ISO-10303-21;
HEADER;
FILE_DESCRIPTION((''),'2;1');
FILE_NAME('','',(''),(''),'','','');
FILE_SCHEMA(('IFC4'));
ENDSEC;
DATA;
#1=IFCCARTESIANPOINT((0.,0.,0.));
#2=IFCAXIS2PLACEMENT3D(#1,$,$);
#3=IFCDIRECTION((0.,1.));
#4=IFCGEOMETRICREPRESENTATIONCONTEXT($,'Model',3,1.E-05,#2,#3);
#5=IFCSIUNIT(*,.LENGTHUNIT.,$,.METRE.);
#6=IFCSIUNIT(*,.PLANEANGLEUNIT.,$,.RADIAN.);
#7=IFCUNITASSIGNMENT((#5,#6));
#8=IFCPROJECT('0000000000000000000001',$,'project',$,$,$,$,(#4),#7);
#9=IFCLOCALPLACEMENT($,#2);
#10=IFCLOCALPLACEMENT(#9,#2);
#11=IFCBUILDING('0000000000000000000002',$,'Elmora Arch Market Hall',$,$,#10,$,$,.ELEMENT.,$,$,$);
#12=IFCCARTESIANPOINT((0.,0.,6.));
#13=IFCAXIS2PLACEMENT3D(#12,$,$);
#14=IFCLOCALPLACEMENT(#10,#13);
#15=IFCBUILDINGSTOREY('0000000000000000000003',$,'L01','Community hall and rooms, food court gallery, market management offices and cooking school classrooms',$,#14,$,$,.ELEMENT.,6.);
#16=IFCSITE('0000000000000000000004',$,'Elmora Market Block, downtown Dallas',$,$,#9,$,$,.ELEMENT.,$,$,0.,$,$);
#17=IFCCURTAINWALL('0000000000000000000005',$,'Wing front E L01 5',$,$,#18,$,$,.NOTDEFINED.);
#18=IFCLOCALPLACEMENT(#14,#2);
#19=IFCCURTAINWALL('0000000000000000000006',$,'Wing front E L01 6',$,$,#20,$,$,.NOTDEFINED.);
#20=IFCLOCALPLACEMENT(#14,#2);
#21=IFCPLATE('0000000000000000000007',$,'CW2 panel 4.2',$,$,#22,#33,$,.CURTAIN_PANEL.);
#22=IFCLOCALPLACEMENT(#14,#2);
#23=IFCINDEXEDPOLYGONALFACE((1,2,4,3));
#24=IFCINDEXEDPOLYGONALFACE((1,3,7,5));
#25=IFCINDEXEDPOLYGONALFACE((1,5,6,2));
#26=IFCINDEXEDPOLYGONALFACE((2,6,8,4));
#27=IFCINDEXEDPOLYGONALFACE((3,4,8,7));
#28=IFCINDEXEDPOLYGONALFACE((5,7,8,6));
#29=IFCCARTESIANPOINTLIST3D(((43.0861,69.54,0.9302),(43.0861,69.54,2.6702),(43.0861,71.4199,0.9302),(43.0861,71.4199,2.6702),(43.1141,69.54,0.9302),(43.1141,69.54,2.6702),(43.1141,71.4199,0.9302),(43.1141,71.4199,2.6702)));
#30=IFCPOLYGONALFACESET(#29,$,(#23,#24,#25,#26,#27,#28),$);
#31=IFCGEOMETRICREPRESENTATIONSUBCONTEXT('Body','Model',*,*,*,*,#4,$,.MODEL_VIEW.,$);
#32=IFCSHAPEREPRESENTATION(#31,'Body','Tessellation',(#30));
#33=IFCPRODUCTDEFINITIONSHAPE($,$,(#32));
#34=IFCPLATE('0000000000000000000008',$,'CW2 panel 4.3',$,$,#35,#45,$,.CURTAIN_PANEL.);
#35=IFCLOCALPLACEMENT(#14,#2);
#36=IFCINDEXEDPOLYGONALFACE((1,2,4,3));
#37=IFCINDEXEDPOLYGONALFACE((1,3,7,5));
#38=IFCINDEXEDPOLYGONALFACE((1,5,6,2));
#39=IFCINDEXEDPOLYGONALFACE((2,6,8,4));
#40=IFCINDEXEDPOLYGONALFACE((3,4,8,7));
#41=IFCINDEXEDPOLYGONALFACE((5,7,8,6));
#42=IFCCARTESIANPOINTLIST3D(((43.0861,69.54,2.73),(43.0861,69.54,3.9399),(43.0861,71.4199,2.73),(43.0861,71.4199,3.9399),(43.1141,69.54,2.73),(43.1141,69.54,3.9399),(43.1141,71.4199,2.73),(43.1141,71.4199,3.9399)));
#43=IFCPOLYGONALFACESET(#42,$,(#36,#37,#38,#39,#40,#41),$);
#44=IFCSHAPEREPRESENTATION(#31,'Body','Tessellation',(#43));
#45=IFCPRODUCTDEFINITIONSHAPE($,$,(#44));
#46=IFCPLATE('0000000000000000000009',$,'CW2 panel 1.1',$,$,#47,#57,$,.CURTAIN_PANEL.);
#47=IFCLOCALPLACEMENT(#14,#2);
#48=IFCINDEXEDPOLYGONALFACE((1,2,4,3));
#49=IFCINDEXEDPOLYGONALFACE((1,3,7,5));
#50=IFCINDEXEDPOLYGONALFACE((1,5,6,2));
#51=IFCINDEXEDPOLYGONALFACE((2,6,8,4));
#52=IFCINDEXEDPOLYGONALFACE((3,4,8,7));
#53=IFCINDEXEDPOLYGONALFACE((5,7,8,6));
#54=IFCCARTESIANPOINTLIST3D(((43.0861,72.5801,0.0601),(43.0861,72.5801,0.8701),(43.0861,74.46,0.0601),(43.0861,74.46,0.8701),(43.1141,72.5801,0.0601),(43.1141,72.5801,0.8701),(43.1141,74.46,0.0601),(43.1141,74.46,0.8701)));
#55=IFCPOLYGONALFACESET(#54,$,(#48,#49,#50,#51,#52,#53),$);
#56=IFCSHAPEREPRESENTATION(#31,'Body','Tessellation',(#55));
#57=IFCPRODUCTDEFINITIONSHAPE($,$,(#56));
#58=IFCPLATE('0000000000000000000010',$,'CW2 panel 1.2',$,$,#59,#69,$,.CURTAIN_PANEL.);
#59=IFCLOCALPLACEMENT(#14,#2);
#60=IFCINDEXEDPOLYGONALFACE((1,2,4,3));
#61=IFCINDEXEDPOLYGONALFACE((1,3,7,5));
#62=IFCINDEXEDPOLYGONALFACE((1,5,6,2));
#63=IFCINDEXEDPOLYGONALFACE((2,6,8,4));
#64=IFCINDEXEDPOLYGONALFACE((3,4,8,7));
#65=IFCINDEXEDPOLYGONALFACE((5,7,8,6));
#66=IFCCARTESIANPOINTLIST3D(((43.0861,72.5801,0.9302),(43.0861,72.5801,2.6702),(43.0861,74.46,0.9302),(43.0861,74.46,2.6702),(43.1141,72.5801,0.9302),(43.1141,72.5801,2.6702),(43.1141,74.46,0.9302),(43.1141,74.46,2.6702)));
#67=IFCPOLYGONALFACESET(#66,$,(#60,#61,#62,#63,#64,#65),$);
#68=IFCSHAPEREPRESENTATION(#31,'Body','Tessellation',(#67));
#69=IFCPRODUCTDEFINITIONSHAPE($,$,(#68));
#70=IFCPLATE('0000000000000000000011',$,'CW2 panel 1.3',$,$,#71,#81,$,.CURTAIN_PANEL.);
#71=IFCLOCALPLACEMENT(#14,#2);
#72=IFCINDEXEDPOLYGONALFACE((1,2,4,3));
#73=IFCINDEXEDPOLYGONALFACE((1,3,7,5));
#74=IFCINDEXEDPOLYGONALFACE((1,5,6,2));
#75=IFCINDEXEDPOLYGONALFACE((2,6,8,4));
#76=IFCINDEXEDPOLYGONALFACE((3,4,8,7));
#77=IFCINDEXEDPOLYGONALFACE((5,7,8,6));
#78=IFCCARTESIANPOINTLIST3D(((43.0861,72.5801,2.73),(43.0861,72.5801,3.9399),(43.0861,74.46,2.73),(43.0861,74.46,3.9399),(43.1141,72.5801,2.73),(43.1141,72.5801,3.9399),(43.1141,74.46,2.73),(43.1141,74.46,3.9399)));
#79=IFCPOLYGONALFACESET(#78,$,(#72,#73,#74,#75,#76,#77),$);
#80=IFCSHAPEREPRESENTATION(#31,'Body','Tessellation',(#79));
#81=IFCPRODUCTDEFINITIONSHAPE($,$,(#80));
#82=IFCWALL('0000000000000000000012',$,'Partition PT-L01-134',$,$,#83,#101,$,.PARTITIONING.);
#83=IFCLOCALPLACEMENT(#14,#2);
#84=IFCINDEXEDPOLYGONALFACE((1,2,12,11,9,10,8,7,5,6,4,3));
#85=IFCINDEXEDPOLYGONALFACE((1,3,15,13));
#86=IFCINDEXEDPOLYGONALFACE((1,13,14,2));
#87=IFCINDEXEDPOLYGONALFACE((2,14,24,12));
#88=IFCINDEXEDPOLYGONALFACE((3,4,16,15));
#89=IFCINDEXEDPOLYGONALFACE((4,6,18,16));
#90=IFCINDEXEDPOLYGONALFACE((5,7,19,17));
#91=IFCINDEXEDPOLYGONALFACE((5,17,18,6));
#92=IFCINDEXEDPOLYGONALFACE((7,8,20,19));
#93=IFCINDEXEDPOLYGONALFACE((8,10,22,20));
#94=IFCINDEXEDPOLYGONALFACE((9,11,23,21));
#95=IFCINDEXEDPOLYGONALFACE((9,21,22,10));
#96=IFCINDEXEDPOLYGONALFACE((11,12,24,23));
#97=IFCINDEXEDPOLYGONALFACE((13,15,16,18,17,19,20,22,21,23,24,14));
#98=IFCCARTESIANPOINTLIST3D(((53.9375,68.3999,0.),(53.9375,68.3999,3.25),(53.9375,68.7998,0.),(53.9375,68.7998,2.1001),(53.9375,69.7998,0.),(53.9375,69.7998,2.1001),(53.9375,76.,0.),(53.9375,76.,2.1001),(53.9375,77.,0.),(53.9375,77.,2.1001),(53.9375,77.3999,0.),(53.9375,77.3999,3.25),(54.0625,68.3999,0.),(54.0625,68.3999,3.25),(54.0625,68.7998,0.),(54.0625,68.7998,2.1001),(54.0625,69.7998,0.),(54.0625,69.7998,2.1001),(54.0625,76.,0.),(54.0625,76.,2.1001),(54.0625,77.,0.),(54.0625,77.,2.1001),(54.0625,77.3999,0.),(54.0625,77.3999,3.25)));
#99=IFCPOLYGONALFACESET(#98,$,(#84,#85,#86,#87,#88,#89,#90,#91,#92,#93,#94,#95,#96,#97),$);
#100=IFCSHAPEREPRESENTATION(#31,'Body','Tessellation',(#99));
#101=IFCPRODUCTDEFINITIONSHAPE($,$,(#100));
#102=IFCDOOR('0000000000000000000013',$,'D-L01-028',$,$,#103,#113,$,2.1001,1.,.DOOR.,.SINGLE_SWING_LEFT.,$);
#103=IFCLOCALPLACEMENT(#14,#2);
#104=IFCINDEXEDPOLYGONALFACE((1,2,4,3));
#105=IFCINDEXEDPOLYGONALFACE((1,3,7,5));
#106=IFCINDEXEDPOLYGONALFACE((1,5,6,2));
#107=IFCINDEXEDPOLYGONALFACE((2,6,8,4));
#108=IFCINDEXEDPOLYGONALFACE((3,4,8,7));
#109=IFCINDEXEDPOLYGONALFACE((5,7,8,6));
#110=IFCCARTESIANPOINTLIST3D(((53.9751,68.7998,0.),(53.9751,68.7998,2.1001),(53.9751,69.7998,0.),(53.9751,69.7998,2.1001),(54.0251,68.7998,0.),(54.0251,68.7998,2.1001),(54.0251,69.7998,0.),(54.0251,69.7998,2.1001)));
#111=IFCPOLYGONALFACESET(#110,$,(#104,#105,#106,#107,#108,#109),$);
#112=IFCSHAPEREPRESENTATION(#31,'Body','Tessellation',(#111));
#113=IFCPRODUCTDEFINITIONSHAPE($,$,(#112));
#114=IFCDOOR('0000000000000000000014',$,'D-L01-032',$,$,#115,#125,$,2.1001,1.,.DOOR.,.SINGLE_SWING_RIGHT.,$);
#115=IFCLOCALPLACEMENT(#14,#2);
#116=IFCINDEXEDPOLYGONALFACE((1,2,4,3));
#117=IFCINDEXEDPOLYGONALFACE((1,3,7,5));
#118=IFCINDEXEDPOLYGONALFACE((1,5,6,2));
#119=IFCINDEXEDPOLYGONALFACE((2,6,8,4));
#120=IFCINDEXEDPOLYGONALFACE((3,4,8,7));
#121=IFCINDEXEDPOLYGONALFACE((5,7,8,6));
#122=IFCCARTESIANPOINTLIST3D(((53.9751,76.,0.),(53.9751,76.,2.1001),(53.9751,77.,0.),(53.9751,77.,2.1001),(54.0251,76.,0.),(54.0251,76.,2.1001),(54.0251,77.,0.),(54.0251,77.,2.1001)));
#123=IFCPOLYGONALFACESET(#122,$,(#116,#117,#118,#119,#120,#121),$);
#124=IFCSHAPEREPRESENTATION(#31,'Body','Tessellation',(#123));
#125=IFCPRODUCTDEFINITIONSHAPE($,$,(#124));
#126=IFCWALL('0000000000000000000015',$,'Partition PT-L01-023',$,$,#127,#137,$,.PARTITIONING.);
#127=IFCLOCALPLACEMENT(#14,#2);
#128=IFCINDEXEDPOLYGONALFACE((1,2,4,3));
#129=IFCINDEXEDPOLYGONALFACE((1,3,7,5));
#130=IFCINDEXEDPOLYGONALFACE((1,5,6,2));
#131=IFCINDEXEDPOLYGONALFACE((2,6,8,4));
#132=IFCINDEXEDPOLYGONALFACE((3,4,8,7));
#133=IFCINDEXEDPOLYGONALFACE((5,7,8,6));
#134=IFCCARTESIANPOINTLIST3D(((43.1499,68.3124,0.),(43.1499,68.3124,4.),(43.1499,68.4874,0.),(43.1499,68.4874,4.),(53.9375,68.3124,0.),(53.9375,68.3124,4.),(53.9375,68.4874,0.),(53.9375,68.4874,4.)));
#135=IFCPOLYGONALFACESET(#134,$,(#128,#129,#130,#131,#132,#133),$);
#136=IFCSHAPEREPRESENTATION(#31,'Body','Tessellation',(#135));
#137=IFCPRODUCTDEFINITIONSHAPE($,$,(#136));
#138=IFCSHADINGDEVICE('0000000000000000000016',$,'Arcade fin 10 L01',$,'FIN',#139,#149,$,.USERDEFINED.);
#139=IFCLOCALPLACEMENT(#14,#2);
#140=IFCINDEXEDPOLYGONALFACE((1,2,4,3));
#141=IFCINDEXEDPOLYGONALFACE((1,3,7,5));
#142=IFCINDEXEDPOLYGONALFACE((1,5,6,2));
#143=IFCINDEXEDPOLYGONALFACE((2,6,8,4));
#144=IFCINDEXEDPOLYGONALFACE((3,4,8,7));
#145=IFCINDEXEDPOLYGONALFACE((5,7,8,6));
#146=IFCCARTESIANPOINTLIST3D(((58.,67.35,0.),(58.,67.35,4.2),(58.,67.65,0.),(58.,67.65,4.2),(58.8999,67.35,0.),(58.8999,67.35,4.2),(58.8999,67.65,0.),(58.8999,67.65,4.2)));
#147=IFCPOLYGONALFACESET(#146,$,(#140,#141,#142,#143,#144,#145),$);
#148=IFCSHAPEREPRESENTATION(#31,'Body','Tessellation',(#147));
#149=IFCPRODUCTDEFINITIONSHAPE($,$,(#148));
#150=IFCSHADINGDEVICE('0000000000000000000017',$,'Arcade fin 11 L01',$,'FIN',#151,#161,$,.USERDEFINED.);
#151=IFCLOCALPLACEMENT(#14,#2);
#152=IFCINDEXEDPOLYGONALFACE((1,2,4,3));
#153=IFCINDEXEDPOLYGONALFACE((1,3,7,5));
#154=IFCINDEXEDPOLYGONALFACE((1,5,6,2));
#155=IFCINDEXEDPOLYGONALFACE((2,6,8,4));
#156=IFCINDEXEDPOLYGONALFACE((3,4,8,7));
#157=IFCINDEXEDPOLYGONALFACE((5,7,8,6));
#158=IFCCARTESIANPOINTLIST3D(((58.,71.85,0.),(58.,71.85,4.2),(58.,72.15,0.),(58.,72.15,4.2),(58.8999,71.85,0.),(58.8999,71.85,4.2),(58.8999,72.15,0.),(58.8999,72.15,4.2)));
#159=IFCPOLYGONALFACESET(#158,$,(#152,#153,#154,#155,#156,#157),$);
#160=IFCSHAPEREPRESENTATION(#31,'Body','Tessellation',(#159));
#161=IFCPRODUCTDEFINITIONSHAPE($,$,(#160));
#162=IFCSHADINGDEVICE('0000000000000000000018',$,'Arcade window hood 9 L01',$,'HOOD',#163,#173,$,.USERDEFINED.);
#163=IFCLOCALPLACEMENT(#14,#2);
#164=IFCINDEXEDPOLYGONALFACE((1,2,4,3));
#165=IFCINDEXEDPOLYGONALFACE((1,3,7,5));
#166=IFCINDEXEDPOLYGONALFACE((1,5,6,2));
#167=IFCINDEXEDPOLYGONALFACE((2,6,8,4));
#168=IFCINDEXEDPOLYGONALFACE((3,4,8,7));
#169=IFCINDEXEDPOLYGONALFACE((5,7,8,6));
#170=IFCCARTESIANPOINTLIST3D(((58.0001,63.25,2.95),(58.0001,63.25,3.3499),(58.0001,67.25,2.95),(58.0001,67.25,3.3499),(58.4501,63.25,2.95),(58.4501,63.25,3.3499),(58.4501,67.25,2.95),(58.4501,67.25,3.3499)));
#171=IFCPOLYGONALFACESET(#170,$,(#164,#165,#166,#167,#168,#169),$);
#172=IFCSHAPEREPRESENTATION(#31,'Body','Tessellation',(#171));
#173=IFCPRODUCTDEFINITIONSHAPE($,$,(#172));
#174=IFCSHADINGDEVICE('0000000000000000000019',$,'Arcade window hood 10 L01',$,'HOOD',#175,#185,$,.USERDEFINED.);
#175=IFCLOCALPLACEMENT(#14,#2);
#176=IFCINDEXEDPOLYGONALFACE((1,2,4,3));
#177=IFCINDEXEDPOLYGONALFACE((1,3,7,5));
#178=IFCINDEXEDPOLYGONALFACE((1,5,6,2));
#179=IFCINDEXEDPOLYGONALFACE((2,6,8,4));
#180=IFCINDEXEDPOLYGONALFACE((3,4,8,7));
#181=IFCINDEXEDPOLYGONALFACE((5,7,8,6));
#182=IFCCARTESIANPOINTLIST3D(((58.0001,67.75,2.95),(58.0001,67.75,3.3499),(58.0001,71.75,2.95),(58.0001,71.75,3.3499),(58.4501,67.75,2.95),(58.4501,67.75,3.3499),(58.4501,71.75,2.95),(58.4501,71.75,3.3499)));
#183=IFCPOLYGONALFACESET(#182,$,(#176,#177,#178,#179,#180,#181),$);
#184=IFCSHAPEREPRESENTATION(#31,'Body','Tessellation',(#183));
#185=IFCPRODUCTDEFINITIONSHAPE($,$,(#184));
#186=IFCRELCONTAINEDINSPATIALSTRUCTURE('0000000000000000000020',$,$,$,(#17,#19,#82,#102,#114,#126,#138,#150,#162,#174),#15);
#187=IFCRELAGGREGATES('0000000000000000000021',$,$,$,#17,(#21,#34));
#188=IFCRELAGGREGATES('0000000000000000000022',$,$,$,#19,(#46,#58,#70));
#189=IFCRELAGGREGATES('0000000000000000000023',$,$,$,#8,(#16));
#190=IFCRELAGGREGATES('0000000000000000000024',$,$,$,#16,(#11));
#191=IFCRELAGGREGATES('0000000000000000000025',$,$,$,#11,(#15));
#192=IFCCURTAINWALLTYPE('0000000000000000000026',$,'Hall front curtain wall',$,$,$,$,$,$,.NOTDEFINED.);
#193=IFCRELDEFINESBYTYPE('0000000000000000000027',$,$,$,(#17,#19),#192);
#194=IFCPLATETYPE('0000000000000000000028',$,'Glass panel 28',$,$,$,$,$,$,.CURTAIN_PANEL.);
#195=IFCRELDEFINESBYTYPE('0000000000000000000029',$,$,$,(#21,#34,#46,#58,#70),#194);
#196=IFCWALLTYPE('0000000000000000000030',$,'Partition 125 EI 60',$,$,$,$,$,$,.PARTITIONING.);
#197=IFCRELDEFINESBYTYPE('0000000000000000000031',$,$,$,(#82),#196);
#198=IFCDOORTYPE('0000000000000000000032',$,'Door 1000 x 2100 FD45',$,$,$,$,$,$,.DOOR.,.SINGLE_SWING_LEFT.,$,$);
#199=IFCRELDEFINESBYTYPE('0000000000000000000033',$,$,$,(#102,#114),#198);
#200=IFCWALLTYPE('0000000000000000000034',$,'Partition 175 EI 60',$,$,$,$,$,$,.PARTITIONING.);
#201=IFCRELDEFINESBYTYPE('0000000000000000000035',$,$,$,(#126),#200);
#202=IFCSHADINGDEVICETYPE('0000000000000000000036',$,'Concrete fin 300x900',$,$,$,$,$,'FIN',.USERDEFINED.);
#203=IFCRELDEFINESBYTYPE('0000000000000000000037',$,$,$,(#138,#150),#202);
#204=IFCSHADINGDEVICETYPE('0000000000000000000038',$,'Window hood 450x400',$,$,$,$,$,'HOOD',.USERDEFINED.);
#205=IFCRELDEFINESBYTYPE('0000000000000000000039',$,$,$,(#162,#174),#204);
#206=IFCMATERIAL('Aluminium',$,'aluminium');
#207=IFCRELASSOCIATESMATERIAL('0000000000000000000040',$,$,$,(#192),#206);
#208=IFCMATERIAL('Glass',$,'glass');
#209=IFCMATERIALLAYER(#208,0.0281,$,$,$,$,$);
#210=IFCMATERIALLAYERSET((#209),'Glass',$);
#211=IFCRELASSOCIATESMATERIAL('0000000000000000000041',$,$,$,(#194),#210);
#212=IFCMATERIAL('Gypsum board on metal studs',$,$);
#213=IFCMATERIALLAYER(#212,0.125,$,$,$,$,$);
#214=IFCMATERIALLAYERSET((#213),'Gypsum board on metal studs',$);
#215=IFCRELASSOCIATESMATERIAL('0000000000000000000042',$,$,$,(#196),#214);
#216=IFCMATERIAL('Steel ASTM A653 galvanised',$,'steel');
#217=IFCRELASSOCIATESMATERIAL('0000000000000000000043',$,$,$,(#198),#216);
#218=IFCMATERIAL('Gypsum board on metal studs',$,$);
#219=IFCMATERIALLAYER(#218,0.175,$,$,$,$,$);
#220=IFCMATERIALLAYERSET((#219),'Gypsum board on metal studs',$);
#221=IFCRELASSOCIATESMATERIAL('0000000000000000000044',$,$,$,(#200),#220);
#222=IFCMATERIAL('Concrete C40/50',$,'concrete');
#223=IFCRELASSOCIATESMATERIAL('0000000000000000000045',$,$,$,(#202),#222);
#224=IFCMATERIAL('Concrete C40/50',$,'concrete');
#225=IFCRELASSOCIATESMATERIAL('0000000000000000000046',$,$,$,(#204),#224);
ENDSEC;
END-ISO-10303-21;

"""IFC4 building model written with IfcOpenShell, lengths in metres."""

from ifc_helpers import new_model, si_unit, direction, frame, frame_2d, origin, origin_2d, place, context, subcontext, project, spatial, rectangle, extrude, material, layer, layer_set, type_object, element, fill, aggregate, save


model = new_model("IFC4")

# Units and contexts
model_context = context("Model", 3, precision=1e-05, world=origin(), true_north=direction((0.0, 1.0)))
body_context = subcontext(model_context, "Body", "Model", "MODEL_VIEW")
ifc_project = project(units=[si_unit("LENGTHUNIT", "METRE"), si_unit("PLANEANGLEUNIT", "RADIAN")], contexts=[model_context])

# Site, building, storey
site_placement = place(None, origin())
site = spatial("IfcSite", under=ifc_project, at=site_placement, Name="Elmora Market Block, downtown Dallas", CompositionType="ELEMENT", RefElevation=0.0)
building_placement = place(site_placement, origin())
building = spatial("IfcBuilding", under=site, at=building_placement, Name="Elmora Arch Market Hall", CompositionType="ELEMENT")
storey_placement = place(building_placement, frame((0.0, 0.0, 6.0)))
storey = spatial("IfcBuildingStorey", under=building, at=storey_placement, Name="L01", Description="Community hall and rooms, food court gallery, market management offices and cooking school classrooms", CompositionType="ELEMENT", Elevation=6.0)

# Curtain wall
ifc_material_1 = material(Name="Aluminium", Category="aluminium")
curtain_wall_type = type_object("IfcCurtainWallType", Name="Hall front curtain wall", PredefinedType="NOTDEFINED", material=ifc_material_1)
curtain_wall_1_placement = place(storey_placement, origin())
curtain_wall_1 = element("IfcCurtainWall", 1, at=curtain_wall_1_placement, inside=storey, type_object=curtain_wall_type, Name="Wing front E L01 5", PredefinedType="NOTDEFINED")

# Curtain wall
curtain_wall_2_placement = place(storey_placement, origin())
curtain_wall_2 = element("IfcCurtainWall", 2, at=curtain_wall_2_placement, inside=storey, type_object=curtain_wall_type, Name="Wing front E L01 6", PredefinedType="NOTDEFINED")

# Plates
ifc_material_2 = material(Name="Glass", Category="glass")
ifc_layer_1 = layer(ifc_material_2, 0.0281)
ifc_layer_set_1 = layer_set([ifc_layer_1], Name="Glass")
plate_type = type_object("IfcPlateType", Name="Glass panel 28", PredefinedType="CURTAIN_PANEL", material=ifc_layer_set_1)
plate_1_placement = place(storey_placement, frame((43.1001, 70.48, 0.9302), z_axis=(0.0, 0.0, 1.0), x_axis=(0.0, 1.0, 0.0)))
plate_1 = element("IfcPlate", 3, at=plate_1_placement, type_object=plate_type, Name="CW2 panel 4.2", PredefinedType="CURTAIN_PANEL", context=body_context, shape_type="SweptSolid", body=[
    extrude(rectangle(XDim=1.8799, YDim=0.0281, at=origin_2d()), origin(), (0.0, 0.0, 1.0), 1.74),
])
plate_2_placement = place(storey_placement, frame((43.1001, 70.48, 2.73), z_axis=(0.0, 0.0, 1.0), x_axis=(0.0, 1.0, 0.0)))
plate_2 = element("IfcPlate", 4, at=plate_2_placement, type_object=plate_type, Name="CW2 panel 4.3", PredefinedType="CURTAIN_PANEL", context=body_context, shape_type="SweptSolid", body=[
    extrude(rectangle(XDim=1.8799, YDim=0.0281, at=origin_2d()), origin(), (0.0, 0.0, 1.0), 1.21),
])
aggregate(curtain_wall_1, [plate_1, plate_2])
plate_3_placement = place(storey_placement, frame((43.1001, 73.52, 0.0601), z_axis=(0.0, 0.0, 1.0), x_axis=(0.0, 1.0, 0.0)))
plate_3 = element("IfcPlate", 5, at=plate_3_placement, type_object=plate_type, Name="CW2 panel 1.1", PredefinedType="CURTAIN_PANEL", context=body_context, shape_type="SweptSolid", body=[
    extrude(rectangle(XDim=1.8799, YDim=0.0281, at=origin_2d()), origin(), (0.0, 0.0, 1.0), 0.8101),
])
plate_4_placement = place(storey_placement, frame((43.1001, 73.52, 0.9302), z_axis=(0.0, 0.0, 1.0), x_axis=(0.0, 1.0, 0.0)))
plate_4 = element("IfcPlate", 6, at=plate_4_placement, type_object=plate_type, Name="CW2 panel 1.2", PredefinedType="CURTAIN_PANEL", context=body_context, shape_type="SweptSolid", body=[
    extrude(rectangle(XDim=1.8799, YDim=0.0281, at=origin_2d()), origin(), (0.0, 0.0, 1.0), 1.74),
])
plate_5_placement = place(storey_placement, frame((43.1001, 73.52, 2.73), z_axis=(0.0, 0.0, 1.0), x_axis=(0.0, 1.0, 0.0)))
plate_5 = element("IfcPlate", 7, at=plate_5_placement, type_object=plate_type, Name="CW2 panel 1.3", PredefinedType="CURTAIN_PANEL", context=body_context, shape_type="SweptSolid", body=[
    extrude(rectangle(XDim=1.8799, YDim=0.0281, at=origin_2d()), origin(), (0.0, 0.0, 1.0), 1.21),
])
aggregate(curtain_wall_2, [plate_3, plate_4, plate_5])

# Wall, openings, doors
ifc_material_3 = material(Name="Gypsum board on metal studs")
ifc_layer_2 = layer(ifc_material_3, 0.125)
ifc_layer_set_2 = layer_set([ifc_layer_2], Name="Gypsum board on metal studs")
wall_type_1 = type_object("IfcWallType", Name="Partition 125 EI 60", PredefinedType="PARTITIONING", material=ifc_layer_set_2)
wall_1_placement = place(storey_placement, frame((54.0, 68.3999, 0.0), z_axis=(0.0, 0.0, 1.0), x_axis=(0.0, 1.0, 0.0)))
wall_1 = element("IfcWall", 8, at=wall_1_placement, inside=storey, type_object=wall_type_1, Name="Partition PT-L01-134", PredefinedType="PARTITIONING", context=body_context, shape_type="SweptSolid", body=[
    extrude(rectangle(XDim=9.0, YDim=0.125, at=frame_2d((4.5, 0.0))), origin(), (0.0, 0.0, 1.0), 3.25),
])
opening_1_placement = place(wall_1_placement, frame((0.3999, 0.0, 0.0)))
opening_1 = element("IfcOpeningElement", 9, at=opening_1_placement, cuts=wall_1, PredefinedType="OPENING", context=body_context, shape_type="SweptSolid", body=[
    extrude(rectangle(XDim=1.0, YDim=2.1001, at=frame_2d((0.5, 1.05))), frame((0.0, 0.0725, 0.0), z_axis=(0.0, -1.0, 0.0), x_axis=(1.0, 0.0, 0.0)), (0.0, 0.0, 1.0), 0.145),
])
opening_2_placement = place(wall_1_placement, frame((7.6001, 0.0, 0.0)))
opening_2 = element("IfcOpeningElement", 10, at=opening_2_placement, cuts=wall_1, PredefinedType="OPENING", context=body_context, shape_type="SweptSolid", body=[
    extrude(rectangle(XDim=1.0, YDim=2.1001, at=frame_2d((0.5, 1.05))), frame((0.0, 0.0725, 0.0), z_axis=(0.0, -1.0, 0.0), x_axis=(1.0, 0.0, 0.0)), (0.0, 0.0, 1.0), 0.145),
])
ifc_material_4 = material(Name="Steel ASTM A653 galvanised", Category="steel")
door_type = type_object("IfcDoorType", Name="Door 1000 x 2100 FD45", OperationType="SINGLE_SWING_LEFT", PredefinedType="DOOR", material=ifc_material_4)
door_1_placement = place(opening_1_placement, origin())
door_1 = element("IfcDoor", 11, at=door_1_placement, inside=storey, type_object=door_type, Name="D-L01-028", OperationType="SINGLE_SWING_LEFT", OverallHeight=2.1001, OverallWidth=1.0, PredefinedType="DOOR", context=body_context, shape_type="SweptSolid", body=[
    extrude(rectangle(XDim=1.0, YDim=2.1001, at=frame_2d((0.5, 1.05))), frame((0.0, 0.0249, 0.0), z_axis=(0.0, -1.0, 0.0), x_axis=(1.0, 0.0, 0.0)), (0.0, 0.0, 1.0), 0.05),
])
fill(opening_1, door_1)
door_2_placement = place(opening_2_placement, origin())
door_2 = element("IfcDoor", 12, at=door_2_placement, inside=storey, type_object=door_type, Name="D-L01-032", OperationType="SINGLE_SWING_RIGHT", OverallHeight=2.1001, OverallWidth=1.0, PredefinedType="DOOR", context=body_context, shape_type="SweptSolid", body=[
    extrude(rectangle(XDim=1.0, YDim=2.1001, at=frame_2d((0.5, 1.05))), frame((0.0, 0.0249, 0.0), z_axis=(0.0, -1.0, 0.0), x_axis=(1.0, 0.0, 0.0)), (0.0, 0.0, 1.0), 0.05),
])
fill(opening_2, door_2)

# Wall
ifc_material_5 = material(Name="Gypsum board on metal studs")
ifc_layer_3 = layer(ifc_material_5, 0.175)
ifc_layer_set_3 = layer_set([ifc_layer_3], Name="Gypsum board on metal studs")
wall_type_2 = type_object("IfcWallType", Name="Partition 175 EI 60", PredefinedType="PARTITIONING", material=ifc_layer_set_3)
wall_2_placement = place(storey_placement, frame((43.1499, 68.3999, 0.0), z_axis=(0.0, 0.0, 1.0), x_axis=(1.0, 0.0, 0.0)))
element("IfcWall", 13, at=wall_2_placement, inside=storey, type_object=wall_type_2, Name="Partition PT-L01-023", PredefinedType="PARTITIONING", context=body_context, shape_type="SweptSolid", body=[
    extrude(rectangle(XDim=10.7876, YDim=0.175, at=frame_2d((5.3938, 0.0))), origin(), (0.0, 0.0, 1.0), 4.0),
])

# Shading devices
ifc_material_6 = material(Name="Concrete C40/50", Category="concrete")
shading_device_type_1 = type_object("IfcShadingDeviceType", Name="Concrete fin 300x900", ElementType="FIN", PredefinedType="USERDEFINED", material=ifc_material_6)
for number, where, z_axis, x_axis, name in (
    (14, (58.45, 67.5, 0.0), (0.0, 0.0, 1.0), (1.0, 0.0, 0.0), "Arcade fin 10 L01"),
    (15, (58.45, 72.0, 0.0), (0.0, 0.0, 1.0), (1.0, 0.0, 0.0), "Arcade fin 11 L01"),
):
    element("IfcShadingDevice", number, at=place(storey_placement, frame(where, z_axis=z_axis, x_axis=x_axis)), inside=storey, type_object=shading_device_type_1, Name=name, ObjectType="FIN", PredefinedType="USERDEFINED", context=body_context, shape_type="SweptSolid", body=[
        extrude(rectangle(XDim=0.8999, YDim=0.3, at=origin_2d()), origin(), (0.0, 0.0, 1.0), 4.2),
    ])
ifc_material_7 = material(Name="Concrete C40/50", Category="concrete")
shading_device_type_2 = type_object("IfcShadingDeviceType", Name="Window hood 450x400", ElementType="HOOD", PredefinedType="USERDEFINED", material=ifc_material_7)
for number, where, z_axis, x_axis, name in (
    (16, (58.2251, 65.25, 2.95), (0.0, 0.0, 1.0), (1.0, 0.0, 0.0), "Arcade window hood 9 L01"),
    (17, (58.2251, 69.75, 2.95), (0.0, 0.0, 1.0), (1.0, 0.0, 0.0), "Arcade window hood 10 L01"),
):
    element("IfcShadingDevice", number, at=place(storey_placement, frame(where, z_axis=z_axis, x_axis=x_axis)), inside=storey, type_object=shading_device_type_2, Name=name, ObjectType="HOOD", PredefinedType="USERDEFINED", context=body_context, shape_type="SweptSolid", body=[
        extrude(rectangle(XDim=0.45, YDim=4.0, at=origin_2d()), origin(), (0.0, 0.0, 1.0), 0.3999),
    ])

save(model, "model.ifc")
